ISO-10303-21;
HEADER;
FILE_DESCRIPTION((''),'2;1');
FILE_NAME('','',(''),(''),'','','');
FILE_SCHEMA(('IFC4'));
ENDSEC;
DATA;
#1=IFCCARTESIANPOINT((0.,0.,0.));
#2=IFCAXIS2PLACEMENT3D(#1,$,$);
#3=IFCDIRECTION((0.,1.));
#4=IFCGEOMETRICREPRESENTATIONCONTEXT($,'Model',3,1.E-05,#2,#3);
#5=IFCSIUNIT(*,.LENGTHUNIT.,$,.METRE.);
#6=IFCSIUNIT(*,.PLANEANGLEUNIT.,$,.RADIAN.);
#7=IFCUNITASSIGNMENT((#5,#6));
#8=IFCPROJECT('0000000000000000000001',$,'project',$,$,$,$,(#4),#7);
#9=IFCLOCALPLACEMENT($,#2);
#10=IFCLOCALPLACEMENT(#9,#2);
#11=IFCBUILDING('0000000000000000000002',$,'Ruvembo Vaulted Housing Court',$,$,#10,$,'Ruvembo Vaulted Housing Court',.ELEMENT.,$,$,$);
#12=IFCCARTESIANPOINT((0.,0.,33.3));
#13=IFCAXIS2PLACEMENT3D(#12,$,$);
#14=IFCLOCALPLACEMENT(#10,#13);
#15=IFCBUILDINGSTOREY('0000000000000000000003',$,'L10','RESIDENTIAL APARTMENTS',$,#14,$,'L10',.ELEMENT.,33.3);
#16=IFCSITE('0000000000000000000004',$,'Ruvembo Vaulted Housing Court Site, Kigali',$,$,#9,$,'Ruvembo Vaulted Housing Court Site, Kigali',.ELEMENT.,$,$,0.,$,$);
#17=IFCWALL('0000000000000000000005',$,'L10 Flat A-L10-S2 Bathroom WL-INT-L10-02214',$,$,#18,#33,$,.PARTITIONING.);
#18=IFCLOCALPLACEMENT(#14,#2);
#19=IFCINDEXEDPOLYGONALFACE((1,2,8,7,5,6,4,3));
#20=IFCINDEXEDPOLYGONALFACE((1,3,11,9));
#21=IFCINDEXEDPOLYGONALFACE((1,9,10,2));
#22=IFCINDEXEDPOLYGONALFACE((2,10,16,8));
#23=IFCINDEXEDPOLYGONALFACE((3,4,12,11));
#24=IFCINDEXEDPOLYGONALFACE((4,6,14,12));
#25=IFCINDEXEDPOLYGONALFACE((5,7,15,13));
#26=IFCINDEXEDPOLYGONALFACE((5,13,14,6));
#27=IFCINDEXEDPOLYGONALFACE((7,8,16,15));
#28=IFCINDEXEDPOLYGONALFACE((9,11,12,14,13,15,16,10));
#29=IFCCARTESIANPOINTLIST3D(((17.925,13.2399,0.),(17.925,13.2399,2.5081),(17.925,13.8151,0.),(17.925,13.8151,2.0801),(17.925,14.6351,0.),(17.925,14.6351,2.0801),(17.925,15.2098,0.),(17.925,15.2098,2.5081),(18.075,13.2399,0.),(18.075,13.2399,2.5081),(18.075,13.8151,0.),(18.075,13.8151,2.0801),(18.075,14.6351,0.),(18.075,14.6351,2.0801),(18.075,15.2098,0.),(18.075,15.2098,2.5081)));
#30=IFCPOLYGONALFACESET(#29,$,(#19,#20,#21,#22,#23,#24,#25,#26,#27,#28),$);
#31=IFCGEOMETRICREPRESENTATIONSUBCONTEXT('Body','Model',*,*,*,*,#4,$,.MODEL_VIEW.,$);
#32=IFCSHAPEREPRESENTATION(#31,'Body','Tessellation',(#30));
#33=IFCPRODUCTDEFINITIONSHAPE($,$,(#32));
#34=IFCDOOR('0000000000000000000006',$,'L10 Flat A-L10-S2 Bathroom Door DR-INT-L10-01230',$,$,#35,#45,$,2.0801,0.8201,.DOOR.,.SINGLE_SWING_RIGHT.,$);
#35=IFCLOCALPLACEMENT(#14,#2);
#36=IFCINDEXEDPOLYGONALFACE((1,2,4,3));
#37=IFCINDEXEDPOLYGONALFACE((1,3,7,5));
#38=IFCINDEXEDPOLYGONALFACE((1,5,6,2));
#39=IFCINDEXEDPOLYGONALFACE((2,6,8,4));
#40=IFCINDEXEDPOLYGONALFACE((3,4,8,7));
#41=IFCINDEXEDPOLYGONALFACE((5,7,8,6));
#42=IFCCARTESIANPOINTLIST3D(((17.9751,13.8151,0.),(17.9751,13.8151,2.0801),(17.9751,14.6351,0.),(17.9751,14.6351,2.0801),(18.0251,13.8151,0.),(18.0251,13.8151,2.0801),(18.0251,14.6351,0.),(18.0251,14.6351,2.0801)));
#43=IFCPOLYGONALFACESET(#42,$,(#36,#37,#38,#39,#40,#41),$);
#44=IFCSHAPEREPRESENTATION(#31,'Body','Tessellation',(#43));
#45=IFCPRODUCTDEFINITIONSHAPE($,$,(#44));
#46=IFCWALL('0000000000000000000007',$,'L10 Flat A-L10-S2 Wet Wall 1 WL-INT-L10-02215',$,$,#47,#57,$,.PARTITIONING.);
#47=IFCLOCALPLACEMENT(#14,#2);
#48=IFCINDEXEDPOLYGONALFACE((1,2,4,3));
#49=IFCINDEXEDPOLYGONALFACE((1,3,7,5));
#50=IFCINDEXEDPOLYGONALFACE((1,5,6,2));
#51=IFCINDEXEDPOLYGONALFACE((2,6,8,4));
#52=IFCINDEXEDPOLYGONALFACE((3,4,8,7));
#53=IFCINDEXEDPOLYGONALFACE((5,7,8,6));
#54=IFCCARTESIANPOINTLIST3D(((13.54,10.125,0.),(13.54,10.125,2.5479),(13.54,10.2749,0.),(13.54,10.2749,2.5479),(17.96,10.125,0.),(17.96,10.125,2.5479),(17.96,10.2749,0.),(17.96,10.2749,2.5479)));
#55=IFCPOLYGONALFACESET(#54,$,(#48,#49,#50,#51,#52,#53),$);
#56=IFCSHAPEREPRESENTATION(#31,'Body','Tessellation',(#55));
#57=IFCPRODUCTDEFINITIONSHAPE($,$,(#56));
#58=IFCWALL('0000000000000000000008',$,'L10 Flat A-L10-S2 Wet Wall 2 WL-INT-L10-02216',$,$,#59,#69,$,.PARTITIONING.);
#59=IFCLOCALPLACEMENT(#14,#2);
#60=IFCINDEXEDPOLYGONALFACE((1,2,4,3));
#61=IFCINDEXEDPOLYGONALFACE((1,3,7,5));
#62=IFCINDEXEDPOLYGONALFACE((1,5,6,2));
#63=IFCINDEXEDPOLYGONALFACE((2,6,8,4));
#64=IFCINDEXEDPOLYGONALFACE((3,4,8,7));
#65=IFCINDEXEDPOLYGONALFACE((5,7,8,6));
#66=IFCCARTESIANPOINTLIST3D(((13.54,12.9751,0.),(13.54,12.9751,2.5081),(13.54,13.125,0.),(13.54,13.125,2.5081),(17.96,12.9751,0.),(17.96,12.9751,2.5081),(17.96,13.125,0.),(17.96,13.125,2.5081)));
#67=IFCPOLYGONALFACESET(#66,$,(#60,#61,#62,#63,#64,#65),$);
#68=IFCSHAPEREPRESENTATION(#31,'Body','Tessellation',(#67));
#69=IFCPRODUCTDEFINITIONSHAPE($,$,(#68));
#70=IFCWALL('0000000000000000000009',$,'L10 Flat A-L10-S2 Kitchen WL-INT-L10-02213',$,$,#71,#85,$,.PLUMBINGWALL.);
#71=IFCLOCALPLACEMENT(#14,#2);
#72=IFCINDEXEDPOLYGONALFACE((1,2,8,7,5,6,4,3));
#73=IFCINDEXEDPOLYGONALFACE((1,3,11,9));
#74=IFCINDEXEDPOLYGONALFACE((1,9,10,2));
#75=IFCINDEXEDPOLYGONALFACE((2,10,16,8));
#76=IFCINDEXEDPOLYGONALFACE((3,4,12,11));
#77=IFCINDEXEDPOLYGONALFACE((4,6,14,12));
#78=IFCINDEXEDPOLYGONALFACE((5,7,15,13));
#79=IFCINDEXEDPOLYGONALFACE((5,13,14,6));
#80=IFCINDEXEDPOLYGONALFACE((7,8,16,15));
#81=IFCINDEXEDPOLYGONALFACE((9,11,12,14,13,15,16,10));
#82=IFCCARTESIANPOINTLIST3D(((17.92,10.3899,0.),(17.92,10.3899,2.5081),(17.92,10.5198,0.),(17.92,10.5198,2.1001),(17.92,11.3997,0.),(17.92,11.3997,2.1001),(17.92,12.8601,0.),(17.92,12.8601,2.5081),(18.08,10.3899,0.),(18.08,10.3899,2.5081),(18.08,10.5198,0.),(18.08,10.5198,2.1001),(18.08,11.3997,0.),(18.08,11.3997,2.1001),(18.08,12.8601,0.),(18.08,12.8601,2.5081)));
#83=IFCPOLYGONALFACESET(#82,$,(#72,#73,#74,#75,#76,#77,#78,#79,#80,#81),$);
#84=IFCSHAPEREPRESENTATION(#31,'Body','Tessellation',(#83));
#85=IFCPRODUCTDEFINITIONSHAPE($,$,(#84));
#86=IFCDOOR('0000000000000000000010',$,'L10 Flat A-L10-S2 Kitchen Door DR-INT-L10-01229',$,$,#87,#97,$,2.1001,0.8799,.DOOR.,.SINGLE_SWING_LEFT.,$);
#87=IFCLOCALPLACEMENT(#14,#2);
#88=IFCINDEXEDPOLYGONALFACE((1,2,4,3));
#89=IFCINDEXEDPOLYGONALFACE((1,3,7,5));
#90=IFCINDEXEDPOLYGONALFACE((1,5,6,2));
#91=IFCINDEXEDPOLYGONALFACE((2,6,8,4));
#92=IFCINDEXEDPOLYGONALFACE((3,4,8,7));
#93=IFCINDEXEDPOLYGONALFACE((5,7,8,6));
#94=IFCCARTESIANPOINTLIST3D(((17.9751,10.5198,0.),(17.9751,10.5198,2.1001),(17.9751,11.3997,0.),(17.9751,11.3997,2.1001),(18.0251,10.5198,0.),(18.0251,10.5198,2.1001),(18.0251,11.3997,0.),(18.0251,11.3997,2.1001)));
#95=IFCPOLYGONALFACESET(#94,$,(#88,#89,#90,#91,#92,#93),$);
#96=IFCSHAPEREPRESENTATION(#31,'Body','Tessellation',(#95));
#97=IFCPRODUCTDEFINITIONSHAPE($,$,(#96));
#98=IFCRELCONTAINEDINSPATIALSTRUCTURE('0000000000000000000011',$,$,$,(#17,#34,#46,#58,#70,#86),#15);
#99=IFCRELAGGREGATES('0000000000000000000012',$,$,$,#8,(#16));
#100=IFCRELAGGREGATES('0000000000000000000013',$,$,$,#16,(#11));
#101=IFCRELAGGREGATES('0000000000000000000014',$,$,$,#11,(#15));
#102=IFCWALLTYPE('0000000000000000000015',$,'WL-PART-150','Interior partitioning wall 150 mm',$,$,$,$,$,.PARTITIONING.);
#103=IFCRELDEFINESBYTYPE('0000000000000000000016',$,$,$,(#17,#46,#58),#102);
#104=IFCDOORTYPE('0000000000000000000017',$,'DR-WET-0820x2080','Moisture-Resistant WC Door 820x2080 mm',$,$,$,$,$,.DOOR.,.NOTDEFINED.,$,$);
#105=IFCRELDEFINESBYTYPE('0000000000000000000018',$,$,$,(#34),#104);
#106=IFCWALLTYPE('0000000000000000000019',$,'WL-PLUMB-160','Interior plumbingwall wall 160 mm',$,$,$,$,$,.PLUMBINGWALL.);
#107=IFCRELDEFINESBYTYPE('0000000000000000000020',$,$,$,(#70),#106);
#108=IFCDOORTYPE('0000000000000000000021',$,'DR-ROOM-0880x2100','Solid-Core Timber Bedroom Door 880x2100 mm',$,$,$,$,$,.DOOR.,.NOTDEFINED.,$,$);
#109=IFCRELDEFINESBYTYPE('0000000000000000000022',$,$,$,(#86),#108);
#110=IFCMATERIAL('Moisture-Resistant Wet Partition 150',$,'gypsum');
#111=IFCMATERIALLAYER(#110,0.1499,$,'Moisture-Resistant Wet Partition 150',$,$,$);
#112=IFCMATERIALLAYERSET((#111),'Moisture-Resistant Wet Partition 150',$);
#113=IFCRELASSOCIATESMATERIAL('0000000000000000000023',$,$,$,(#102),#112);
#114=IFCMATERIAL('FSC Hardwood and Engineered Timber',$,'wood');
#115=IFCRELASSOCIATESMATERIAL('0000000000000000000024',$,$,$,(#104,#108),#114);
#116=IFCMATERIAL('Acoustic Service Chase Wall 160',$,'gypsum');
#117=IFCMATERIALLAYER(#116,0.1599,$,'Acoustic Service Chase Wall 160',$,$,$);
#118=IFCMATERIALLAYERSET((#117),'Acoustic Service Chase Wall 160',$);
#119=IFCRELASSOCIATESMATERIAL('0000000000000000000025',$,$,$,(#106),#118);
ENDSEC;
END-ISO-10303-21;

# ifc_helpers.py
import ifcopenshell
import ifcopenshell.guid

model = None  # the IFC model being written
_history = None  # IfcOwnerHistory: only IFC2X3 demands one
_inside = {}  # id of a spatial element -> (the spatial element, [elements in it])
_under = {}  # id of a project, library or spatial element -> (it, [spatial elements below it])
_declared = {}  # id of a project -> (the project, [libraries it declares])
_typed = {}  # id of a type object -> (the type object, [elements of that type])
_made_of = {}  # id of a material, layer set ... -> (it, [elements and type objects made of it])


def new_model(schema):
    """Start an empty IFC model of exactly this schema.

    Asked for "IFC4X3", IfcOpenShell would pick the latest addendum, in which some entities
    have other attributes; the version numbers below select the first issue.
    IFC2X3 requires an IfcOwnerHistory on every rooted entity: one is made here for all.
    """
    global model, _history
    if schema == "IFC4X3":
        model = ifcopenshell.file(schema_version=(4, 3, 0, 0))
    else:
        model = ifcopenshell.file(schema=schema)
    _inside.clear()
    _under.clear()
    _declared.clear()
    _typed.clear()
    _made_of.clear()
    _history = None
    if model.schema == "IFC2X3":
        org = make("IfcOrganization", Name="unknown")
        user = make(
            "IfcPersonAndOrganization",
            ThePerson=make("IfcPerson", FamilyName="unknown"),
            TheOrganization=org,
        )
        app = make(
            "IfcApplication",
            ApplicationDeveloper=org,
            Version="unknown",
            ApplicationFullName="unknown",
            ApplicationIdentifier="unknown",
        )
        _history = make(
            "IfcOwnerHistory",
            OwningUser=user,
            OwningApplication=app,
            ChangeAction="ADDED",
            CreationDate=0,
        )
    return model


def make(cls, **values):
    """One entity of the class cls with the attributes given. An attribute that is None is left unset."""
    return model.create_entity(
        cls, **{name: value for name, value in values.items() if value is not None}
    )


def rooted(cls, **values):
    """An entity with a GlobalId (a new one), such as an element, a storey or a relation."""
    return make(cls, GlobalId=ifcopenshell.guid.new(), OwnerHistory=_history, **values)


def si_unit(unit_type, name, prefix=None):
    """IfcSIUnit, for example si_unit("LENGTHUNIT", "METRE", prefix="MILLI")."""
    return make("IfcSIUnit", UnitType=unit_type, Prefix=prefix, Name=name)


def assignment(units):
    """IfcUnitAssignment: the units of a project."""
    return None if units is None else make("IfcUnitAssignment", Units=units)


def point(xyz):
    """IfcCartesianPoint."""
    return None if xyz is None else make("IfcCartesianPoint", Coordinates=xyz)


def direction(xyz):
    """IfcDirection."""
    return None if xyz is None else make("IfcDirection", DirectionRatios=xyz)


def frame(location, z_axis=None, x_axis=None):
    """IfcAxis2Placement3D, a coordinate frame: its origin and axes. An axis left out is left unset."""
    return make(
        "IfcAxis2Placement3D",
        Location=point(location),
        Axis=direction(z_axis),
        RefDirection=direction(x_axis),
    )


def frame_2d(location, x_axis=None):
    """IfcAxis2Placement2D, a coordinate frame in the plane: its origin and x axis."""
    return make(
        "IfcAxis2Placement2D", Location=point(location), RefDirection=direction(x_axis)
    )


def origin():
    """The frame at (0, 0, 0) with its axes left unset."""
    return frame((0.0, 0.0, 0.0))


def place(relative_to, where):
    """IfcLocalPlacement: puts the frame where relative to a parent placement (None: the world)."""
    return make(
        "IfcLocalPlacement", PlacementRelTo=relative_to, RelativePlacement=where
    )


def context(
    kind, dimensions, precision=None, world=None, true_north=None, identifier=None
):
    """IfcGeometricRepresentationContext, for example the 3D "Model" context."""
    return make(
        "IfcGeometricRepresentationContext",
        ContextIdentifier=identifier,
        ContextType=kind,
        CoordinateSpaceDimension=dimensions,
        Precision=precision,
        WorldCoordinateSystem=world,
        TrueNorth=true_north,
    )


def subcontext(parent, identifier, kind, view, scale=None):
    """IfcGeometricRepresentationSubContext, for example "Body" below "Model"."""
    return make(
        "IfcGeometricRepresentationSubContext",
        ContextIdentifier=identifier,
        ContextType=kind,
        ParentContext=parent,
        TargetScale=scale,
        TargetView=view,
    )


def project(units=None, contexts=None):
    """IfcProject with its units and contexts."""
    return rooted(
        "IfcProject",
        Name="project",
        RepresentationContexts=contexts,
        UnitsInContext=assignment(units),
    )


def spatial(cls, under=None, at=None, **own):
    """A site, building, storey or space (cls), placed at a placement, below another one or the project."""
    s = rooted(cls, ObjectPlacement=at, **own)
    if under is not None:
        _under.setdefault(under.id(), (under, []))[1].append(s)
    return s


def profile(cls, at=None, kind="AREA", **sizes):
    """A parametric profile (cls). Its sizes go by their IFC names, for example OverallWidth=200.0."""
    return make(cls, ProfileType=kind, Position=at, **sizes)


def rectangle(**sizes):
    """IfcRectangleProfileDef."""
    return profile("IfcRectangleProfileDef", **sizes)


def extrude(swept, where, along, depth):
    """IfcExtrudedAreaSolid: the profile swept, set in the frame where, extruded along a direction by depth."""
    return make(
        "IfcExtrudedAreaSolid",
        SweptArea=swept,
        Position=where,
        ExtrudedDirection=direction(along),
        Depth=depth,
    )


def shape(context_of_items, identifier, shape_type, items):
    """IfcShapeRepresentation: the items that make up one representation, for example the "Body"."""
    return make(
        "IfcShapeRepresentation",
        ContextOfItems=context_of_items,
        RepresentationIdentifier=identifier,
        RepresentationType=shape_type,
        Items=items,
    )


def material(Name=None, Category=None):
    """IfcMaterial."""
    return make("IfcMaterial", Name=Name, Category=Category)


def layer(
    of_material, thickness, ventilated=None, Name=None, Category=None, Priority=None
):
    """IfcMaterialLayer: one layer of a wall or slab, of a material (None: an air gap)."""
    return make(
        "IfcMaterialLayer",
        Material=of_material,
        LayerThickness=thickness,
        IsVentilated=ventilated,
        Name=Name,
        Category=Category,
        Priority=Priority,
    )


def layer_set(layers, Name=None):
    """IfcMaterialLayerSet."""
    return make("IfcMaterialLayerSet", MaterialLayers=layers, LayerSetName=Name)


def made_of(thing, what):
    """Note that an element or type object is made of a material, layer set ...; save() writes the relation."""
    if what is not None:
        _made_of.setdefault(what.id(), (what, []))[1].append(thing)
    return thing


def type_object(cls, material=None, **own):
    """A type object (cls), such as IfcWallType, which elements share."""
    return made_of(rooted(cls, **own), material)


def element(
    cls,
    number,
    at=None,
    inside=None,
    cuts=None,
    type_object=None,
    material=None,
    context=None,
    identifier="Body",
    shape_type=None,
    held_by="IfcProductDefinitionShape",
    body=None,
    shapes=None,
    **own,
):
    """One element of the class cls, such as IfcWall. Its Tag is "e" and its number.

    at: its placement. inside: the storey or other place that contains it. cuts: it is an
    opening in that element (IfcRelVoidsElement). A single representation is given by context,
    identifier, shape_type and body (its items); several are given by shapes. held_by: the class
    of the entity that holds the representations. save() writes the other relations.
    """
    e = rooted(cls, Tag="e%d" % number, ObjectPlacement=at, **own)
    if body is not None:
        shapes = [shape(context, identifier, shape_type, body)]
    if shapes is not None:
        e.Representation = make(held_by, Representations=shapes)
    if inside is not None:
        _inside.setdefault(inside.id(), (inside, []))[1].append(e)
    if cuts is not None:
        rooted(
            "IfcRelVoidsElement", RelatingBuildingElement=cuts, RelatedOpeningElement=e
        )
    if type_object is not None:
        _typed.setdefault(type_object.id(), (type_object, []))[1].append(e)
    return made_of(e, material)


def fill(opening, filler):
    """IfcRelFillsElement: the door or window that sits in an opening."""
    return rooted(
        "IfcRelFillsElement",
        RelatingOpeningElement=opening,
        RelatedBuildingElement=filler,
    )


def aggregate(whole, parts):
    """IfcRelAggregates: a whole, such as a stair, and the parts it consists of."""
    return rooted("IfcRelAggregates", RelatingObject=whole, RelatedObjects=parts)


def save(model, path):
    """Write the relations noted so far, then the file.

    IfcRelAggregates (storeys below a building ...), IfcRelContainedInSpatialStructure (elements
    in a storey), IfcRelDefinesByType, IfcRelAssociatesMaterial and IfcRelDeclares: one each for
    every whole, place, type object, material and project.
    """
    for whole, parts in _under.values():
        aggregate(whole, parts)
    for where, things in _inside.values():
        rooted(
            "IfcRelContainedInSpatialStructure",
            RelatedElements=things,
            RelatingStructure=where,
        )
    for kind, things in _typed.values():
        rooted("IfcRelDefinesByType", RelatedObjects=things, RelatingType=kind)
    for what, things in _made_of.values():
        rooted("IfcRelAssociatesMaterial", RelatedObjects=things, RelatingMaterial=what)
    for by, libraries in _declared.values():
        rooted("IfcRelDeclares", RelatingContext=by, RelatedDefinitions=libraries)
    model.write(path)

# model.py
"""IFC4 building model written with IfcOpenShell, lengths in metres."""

from ifc_helpers import new_model, si_unit, direction, frame, frame_2d, origin, place, context, subcontext, project, spatial, rectangle, extrude, material, layer, layer_set, type_object, element, fill, save


model = new_model("IFC4")

# Units and contexts
model_context = context("Model", 3, precision=1e-05, world=origin(), true_north=direction((0.0, 1.0)))
body_context = subcontext(model_context, "Body", "Model", "MODEL_VIEW")
ifc_project = project(units=[si_unit("LENGTHUNIT", "METRE"), si_unit("PLANEANGLEUNIT", "RADIAN")], contexts=[model_context])

# Site, building, storey
site_placement = place(None, origin())
site = spatial("IfcSite", under=ifc_project, at=site_placement, Name="Ruvembo Vaulted Housing Court Site, Kigali", LongName="Ruvembo Vaulted Housing Court Site, Kigali", CompositionType="ELEMENT", RefElevation=0.0)
building_placement = place(site_placement, origin())
building = spatial("IfcBuilding", under=site, at=building_placement, Name="Ruvembo Vaulted Housing Court", LongName="Ruvembo Vaulted Housing Court", CompositionType="ELEMENT")
storey_placement = place(building_placement, frame((0.0, 0.0, 33.3)))
storey = spatial("IfcBuildingStorey", under=building, at=storey_placement, Name="L10", Description="RESIDENTIAL APARTMENTS", LongName="L10", CompositionType="ELEMENT", Elevation=33.3)

# Shared definitions
ifc_material_1 = material(Name="FSC Hardwood and Engineered Timber", Category="wood")

# Wall, opening, door
ifc_material_2 = material(Name="Moisture-Resistant Wet Partition 150", Category="gypsum")
ifc_layer_1 = layer(ifc_material_2, 0.1499, Name="Moisture-Resistant Wet Partition 150")
ifc_layer_set_1 = layer_set([ifc_layer_1], Name="Moisture-Resistant Wet Partition 150")
wall_type_1 = type_object("IfcWallType", Name="WL-PART-150", Description="Interior partitioning wall 150 mm", PredefinedType="PARTITIONING", material=ifc_layer_set_1)
wall_1_placement = place(storey_placement, frame((18.0, 13.24, 0.0), z_axis=(0.0, 0.0, 1.0), x_axis=(0.0, 1.0, 0.0)))
wall_1 = element("IfcWall", 1, at=wall_1_placement, inside=storey, type_object=wall_type_1, Name="L10 Flat A-L10-S2 Bathroom WL-INT-L10-02214", PredefinedType="PARTITIONING", context=body_context, shape_type="SweptSolid", body=[
    extrude(rectangle(XDim=1.97, YDim=0.1499, at=frame_2d((0.9849, 0.0))), origin(), (0.0, 0.0, 1.0), 2.5081),
])
opening_1_placement = place(wall_1_placement, frame((0.575, 0.0, 0.0)))
opening_1 = element("IfcOpeningElement", 2, at=opening_1_placement, cuts=wall_1, PredefinedType="OPENING", context=body_context, shape_type="SweptSolid", body=[
    extrude(rectangle(XDim=0.8201, YDim=2.0801, at=frame_2d((0.4102, 1.04))), frame((0.0, 0.085, 0.0), z_axis=(0.0, -1.0, 0.0), x_axis=(1.0, 0.0, 0.0)), (0.0, 0.0, 1.0), 0.1699),
])
door_type_1 = type_object("IfcDoorType", Name="DR-WET-0820x2080", Description="Moisture-Resistant WC Door 820x2080 mm", OperationType="NOTDEFINED", PredefinedType="DOOR", material=ifc_material_1)
door_1_placement = place(opening_1_placement, origin())
door_1 = element("IfcDoor", 3, at=door_1_placement, inside=storey, type_object=door_type_1, Name="L10 Flat A-L10-S2 Bathroom Door DR-INT-L10-01230", OperationType="SINGLE_SWING_RIGHT", OverallHeight=2.0801, OverallWidth=0.8201, PredefinedType="DOOR", context=body_context, shape_type="SweptSolid", body=[
    extrude(rectangle(XDim=0.8201, YDim=2.0801, at=frame_2d((0.4102, 1.04))), frame((0.0, 0.0249, 0.0), z_axis=(0.0, -1.0, 0.0), x_axis=(1.0, 0.0, 0.0)), (0.0, 0.0, 1.0), 0.05),
])
fill(opening_1, door_1)

# Walls
wall_2_placement = place(storey_placement, frame((13.54, 10.2, 0.0), z_axis=(0.0, 0.0, 1.0), x_axis=(1.0, 0.0, 0.0)))
element("IfcWall", 4, at=wall_2_placement, inside=storey, type_object=wall_type_1, Name="L10 Flat A-L10-S2 Wet Wall 1 WL-INT-L10-02215", PredefinedType="PARTITIONING", context=body_context, shape_type="SweptSolid", body=[
    extrude(rectangle(XDim=4.4199, YDim=0.1499, at=frame_2d((2.21, 0.0))), origin(), (0.0, 0.0, 1.0), 2.5479),
])
wall_3_placement = place(storey_placement, frame((13.54, 13.05, 0.0), z_axis=(0.0, 0.0, 1.0), x_axis=(1.0, 0.0, 0.0)))
element("IfcWall", 5, at=wall_3_placement, inside=storey, type_object=wall_type_1, Name="L10 Flat A-L10-S2 Wet Wall 2 WL-INT-L10-02216", PredefinedType="PARTITIONING", context=body_context, shape_type="SweptSolid", body=[
    extrude(rectangle(XDim=4.4199, YDim=0.1499, at=frame_2d((2.21, 0.0))), origin(), (0.0, 0.0, 1.0), 2.5081),
])

# Wall, opening, door
ifc_material_3 = material(Name="Acoustic Service Chase Wall 160", Category="gypsum")
ifc_layer_2 = layer(ifc_material_3, 0.1599, Name="Acoustic Service Chase Wall 160")
ifc_layer_set_2 = layer_set([ifc_layer_2], Name="Acoustic Service Chase Wall 160")
wall_type_2 = type_object("IfcWallType", Name="WL-PLUMB-160", Description="Interior plumbingwall wall 160 mm", PredefinedType="PLUMBINGWALL", material=ifc_layer_set_2)
wall_4_placement = place(storey_placement, frame((18.0, 10.3899, 0.0), z_axis=(0.0, 0.0, 1.0), x_axis=(0.0, 1.0, 0.0)))
wall_4 = element("IfcWall", 6, at=wall_4_placement, inside=storey, type_object=wall_type_2, Name="L10 Flat A-L10-S2 Kitchen WL-INT-L10-02213", PredefinedType="PLUMBINGWALL", context=body_context, shape_type="SweptSolid", body=[
    extrude(rectangle(XDim=2.4702, YDim=0.1599, at=frame_2d((1.2351, 0.0))), origin(), (0.0, 0.0, 1.0), 2.5081),
])
opening_2_placement = place(wall_4_placement, frame((0.1299, 0.0, 0.0)))
opening_2 = element("IfcOpeningElement", 7, at=opening_2_placement, cuts=wall_4, PredefinedType="OPENING", context=body_context, shape_type="SweptSolid", body=[
    extrude(rectangle(XDim=0.8799, YDim=2.1001, at=frame_2d((0.4399, 1.05))), frame((0.0, 0.0898, 0.0), z_axis=(0.0, -1.0, 0.0), x_axis=(1.0, 0.0, 0.0)), (0.0, 0.0, 1.0), 0.1799),
])
door_type_2 = type_object("IfcDoorType", Name="DR-ROOM-0880x2100", Description="Solid-Core Timber Bedroom Door 880x2100 mm", OperationType="NOTDEFINED", PredefinedType="DOOR", material=ifc_material_1)
door_2_placement = place(opening_2_placement, origin())
door_2 = element("IfcDoor", 8, at=door_2_placement, inside=storey, type_object=door_type_2, Name="L10 Flat A-L10-S2 Kitchen Door DR-INT-L10-01229", OperationType="SINGLE_SWING_LEFT", OverallHeight=2.1001, OverallWidth=0.8799, PredefinedType="DOOR", context=body_context, shape_type="SweptSolid", body=[
    extrude(rectangle(XDim=0.8799, YDim=2.1001, at=frame_2d((0.4399, 1.05))), frame((0.0, 0.0249, 0.0), z_axis=(0.0, -1.0, 0.0), x_axis=(1.0, 0.0, 0.0)), (0.0, 0.0, 1.0), 0.05),
])
fill(opening_2, door_2)

save(model, "model.ifc")
